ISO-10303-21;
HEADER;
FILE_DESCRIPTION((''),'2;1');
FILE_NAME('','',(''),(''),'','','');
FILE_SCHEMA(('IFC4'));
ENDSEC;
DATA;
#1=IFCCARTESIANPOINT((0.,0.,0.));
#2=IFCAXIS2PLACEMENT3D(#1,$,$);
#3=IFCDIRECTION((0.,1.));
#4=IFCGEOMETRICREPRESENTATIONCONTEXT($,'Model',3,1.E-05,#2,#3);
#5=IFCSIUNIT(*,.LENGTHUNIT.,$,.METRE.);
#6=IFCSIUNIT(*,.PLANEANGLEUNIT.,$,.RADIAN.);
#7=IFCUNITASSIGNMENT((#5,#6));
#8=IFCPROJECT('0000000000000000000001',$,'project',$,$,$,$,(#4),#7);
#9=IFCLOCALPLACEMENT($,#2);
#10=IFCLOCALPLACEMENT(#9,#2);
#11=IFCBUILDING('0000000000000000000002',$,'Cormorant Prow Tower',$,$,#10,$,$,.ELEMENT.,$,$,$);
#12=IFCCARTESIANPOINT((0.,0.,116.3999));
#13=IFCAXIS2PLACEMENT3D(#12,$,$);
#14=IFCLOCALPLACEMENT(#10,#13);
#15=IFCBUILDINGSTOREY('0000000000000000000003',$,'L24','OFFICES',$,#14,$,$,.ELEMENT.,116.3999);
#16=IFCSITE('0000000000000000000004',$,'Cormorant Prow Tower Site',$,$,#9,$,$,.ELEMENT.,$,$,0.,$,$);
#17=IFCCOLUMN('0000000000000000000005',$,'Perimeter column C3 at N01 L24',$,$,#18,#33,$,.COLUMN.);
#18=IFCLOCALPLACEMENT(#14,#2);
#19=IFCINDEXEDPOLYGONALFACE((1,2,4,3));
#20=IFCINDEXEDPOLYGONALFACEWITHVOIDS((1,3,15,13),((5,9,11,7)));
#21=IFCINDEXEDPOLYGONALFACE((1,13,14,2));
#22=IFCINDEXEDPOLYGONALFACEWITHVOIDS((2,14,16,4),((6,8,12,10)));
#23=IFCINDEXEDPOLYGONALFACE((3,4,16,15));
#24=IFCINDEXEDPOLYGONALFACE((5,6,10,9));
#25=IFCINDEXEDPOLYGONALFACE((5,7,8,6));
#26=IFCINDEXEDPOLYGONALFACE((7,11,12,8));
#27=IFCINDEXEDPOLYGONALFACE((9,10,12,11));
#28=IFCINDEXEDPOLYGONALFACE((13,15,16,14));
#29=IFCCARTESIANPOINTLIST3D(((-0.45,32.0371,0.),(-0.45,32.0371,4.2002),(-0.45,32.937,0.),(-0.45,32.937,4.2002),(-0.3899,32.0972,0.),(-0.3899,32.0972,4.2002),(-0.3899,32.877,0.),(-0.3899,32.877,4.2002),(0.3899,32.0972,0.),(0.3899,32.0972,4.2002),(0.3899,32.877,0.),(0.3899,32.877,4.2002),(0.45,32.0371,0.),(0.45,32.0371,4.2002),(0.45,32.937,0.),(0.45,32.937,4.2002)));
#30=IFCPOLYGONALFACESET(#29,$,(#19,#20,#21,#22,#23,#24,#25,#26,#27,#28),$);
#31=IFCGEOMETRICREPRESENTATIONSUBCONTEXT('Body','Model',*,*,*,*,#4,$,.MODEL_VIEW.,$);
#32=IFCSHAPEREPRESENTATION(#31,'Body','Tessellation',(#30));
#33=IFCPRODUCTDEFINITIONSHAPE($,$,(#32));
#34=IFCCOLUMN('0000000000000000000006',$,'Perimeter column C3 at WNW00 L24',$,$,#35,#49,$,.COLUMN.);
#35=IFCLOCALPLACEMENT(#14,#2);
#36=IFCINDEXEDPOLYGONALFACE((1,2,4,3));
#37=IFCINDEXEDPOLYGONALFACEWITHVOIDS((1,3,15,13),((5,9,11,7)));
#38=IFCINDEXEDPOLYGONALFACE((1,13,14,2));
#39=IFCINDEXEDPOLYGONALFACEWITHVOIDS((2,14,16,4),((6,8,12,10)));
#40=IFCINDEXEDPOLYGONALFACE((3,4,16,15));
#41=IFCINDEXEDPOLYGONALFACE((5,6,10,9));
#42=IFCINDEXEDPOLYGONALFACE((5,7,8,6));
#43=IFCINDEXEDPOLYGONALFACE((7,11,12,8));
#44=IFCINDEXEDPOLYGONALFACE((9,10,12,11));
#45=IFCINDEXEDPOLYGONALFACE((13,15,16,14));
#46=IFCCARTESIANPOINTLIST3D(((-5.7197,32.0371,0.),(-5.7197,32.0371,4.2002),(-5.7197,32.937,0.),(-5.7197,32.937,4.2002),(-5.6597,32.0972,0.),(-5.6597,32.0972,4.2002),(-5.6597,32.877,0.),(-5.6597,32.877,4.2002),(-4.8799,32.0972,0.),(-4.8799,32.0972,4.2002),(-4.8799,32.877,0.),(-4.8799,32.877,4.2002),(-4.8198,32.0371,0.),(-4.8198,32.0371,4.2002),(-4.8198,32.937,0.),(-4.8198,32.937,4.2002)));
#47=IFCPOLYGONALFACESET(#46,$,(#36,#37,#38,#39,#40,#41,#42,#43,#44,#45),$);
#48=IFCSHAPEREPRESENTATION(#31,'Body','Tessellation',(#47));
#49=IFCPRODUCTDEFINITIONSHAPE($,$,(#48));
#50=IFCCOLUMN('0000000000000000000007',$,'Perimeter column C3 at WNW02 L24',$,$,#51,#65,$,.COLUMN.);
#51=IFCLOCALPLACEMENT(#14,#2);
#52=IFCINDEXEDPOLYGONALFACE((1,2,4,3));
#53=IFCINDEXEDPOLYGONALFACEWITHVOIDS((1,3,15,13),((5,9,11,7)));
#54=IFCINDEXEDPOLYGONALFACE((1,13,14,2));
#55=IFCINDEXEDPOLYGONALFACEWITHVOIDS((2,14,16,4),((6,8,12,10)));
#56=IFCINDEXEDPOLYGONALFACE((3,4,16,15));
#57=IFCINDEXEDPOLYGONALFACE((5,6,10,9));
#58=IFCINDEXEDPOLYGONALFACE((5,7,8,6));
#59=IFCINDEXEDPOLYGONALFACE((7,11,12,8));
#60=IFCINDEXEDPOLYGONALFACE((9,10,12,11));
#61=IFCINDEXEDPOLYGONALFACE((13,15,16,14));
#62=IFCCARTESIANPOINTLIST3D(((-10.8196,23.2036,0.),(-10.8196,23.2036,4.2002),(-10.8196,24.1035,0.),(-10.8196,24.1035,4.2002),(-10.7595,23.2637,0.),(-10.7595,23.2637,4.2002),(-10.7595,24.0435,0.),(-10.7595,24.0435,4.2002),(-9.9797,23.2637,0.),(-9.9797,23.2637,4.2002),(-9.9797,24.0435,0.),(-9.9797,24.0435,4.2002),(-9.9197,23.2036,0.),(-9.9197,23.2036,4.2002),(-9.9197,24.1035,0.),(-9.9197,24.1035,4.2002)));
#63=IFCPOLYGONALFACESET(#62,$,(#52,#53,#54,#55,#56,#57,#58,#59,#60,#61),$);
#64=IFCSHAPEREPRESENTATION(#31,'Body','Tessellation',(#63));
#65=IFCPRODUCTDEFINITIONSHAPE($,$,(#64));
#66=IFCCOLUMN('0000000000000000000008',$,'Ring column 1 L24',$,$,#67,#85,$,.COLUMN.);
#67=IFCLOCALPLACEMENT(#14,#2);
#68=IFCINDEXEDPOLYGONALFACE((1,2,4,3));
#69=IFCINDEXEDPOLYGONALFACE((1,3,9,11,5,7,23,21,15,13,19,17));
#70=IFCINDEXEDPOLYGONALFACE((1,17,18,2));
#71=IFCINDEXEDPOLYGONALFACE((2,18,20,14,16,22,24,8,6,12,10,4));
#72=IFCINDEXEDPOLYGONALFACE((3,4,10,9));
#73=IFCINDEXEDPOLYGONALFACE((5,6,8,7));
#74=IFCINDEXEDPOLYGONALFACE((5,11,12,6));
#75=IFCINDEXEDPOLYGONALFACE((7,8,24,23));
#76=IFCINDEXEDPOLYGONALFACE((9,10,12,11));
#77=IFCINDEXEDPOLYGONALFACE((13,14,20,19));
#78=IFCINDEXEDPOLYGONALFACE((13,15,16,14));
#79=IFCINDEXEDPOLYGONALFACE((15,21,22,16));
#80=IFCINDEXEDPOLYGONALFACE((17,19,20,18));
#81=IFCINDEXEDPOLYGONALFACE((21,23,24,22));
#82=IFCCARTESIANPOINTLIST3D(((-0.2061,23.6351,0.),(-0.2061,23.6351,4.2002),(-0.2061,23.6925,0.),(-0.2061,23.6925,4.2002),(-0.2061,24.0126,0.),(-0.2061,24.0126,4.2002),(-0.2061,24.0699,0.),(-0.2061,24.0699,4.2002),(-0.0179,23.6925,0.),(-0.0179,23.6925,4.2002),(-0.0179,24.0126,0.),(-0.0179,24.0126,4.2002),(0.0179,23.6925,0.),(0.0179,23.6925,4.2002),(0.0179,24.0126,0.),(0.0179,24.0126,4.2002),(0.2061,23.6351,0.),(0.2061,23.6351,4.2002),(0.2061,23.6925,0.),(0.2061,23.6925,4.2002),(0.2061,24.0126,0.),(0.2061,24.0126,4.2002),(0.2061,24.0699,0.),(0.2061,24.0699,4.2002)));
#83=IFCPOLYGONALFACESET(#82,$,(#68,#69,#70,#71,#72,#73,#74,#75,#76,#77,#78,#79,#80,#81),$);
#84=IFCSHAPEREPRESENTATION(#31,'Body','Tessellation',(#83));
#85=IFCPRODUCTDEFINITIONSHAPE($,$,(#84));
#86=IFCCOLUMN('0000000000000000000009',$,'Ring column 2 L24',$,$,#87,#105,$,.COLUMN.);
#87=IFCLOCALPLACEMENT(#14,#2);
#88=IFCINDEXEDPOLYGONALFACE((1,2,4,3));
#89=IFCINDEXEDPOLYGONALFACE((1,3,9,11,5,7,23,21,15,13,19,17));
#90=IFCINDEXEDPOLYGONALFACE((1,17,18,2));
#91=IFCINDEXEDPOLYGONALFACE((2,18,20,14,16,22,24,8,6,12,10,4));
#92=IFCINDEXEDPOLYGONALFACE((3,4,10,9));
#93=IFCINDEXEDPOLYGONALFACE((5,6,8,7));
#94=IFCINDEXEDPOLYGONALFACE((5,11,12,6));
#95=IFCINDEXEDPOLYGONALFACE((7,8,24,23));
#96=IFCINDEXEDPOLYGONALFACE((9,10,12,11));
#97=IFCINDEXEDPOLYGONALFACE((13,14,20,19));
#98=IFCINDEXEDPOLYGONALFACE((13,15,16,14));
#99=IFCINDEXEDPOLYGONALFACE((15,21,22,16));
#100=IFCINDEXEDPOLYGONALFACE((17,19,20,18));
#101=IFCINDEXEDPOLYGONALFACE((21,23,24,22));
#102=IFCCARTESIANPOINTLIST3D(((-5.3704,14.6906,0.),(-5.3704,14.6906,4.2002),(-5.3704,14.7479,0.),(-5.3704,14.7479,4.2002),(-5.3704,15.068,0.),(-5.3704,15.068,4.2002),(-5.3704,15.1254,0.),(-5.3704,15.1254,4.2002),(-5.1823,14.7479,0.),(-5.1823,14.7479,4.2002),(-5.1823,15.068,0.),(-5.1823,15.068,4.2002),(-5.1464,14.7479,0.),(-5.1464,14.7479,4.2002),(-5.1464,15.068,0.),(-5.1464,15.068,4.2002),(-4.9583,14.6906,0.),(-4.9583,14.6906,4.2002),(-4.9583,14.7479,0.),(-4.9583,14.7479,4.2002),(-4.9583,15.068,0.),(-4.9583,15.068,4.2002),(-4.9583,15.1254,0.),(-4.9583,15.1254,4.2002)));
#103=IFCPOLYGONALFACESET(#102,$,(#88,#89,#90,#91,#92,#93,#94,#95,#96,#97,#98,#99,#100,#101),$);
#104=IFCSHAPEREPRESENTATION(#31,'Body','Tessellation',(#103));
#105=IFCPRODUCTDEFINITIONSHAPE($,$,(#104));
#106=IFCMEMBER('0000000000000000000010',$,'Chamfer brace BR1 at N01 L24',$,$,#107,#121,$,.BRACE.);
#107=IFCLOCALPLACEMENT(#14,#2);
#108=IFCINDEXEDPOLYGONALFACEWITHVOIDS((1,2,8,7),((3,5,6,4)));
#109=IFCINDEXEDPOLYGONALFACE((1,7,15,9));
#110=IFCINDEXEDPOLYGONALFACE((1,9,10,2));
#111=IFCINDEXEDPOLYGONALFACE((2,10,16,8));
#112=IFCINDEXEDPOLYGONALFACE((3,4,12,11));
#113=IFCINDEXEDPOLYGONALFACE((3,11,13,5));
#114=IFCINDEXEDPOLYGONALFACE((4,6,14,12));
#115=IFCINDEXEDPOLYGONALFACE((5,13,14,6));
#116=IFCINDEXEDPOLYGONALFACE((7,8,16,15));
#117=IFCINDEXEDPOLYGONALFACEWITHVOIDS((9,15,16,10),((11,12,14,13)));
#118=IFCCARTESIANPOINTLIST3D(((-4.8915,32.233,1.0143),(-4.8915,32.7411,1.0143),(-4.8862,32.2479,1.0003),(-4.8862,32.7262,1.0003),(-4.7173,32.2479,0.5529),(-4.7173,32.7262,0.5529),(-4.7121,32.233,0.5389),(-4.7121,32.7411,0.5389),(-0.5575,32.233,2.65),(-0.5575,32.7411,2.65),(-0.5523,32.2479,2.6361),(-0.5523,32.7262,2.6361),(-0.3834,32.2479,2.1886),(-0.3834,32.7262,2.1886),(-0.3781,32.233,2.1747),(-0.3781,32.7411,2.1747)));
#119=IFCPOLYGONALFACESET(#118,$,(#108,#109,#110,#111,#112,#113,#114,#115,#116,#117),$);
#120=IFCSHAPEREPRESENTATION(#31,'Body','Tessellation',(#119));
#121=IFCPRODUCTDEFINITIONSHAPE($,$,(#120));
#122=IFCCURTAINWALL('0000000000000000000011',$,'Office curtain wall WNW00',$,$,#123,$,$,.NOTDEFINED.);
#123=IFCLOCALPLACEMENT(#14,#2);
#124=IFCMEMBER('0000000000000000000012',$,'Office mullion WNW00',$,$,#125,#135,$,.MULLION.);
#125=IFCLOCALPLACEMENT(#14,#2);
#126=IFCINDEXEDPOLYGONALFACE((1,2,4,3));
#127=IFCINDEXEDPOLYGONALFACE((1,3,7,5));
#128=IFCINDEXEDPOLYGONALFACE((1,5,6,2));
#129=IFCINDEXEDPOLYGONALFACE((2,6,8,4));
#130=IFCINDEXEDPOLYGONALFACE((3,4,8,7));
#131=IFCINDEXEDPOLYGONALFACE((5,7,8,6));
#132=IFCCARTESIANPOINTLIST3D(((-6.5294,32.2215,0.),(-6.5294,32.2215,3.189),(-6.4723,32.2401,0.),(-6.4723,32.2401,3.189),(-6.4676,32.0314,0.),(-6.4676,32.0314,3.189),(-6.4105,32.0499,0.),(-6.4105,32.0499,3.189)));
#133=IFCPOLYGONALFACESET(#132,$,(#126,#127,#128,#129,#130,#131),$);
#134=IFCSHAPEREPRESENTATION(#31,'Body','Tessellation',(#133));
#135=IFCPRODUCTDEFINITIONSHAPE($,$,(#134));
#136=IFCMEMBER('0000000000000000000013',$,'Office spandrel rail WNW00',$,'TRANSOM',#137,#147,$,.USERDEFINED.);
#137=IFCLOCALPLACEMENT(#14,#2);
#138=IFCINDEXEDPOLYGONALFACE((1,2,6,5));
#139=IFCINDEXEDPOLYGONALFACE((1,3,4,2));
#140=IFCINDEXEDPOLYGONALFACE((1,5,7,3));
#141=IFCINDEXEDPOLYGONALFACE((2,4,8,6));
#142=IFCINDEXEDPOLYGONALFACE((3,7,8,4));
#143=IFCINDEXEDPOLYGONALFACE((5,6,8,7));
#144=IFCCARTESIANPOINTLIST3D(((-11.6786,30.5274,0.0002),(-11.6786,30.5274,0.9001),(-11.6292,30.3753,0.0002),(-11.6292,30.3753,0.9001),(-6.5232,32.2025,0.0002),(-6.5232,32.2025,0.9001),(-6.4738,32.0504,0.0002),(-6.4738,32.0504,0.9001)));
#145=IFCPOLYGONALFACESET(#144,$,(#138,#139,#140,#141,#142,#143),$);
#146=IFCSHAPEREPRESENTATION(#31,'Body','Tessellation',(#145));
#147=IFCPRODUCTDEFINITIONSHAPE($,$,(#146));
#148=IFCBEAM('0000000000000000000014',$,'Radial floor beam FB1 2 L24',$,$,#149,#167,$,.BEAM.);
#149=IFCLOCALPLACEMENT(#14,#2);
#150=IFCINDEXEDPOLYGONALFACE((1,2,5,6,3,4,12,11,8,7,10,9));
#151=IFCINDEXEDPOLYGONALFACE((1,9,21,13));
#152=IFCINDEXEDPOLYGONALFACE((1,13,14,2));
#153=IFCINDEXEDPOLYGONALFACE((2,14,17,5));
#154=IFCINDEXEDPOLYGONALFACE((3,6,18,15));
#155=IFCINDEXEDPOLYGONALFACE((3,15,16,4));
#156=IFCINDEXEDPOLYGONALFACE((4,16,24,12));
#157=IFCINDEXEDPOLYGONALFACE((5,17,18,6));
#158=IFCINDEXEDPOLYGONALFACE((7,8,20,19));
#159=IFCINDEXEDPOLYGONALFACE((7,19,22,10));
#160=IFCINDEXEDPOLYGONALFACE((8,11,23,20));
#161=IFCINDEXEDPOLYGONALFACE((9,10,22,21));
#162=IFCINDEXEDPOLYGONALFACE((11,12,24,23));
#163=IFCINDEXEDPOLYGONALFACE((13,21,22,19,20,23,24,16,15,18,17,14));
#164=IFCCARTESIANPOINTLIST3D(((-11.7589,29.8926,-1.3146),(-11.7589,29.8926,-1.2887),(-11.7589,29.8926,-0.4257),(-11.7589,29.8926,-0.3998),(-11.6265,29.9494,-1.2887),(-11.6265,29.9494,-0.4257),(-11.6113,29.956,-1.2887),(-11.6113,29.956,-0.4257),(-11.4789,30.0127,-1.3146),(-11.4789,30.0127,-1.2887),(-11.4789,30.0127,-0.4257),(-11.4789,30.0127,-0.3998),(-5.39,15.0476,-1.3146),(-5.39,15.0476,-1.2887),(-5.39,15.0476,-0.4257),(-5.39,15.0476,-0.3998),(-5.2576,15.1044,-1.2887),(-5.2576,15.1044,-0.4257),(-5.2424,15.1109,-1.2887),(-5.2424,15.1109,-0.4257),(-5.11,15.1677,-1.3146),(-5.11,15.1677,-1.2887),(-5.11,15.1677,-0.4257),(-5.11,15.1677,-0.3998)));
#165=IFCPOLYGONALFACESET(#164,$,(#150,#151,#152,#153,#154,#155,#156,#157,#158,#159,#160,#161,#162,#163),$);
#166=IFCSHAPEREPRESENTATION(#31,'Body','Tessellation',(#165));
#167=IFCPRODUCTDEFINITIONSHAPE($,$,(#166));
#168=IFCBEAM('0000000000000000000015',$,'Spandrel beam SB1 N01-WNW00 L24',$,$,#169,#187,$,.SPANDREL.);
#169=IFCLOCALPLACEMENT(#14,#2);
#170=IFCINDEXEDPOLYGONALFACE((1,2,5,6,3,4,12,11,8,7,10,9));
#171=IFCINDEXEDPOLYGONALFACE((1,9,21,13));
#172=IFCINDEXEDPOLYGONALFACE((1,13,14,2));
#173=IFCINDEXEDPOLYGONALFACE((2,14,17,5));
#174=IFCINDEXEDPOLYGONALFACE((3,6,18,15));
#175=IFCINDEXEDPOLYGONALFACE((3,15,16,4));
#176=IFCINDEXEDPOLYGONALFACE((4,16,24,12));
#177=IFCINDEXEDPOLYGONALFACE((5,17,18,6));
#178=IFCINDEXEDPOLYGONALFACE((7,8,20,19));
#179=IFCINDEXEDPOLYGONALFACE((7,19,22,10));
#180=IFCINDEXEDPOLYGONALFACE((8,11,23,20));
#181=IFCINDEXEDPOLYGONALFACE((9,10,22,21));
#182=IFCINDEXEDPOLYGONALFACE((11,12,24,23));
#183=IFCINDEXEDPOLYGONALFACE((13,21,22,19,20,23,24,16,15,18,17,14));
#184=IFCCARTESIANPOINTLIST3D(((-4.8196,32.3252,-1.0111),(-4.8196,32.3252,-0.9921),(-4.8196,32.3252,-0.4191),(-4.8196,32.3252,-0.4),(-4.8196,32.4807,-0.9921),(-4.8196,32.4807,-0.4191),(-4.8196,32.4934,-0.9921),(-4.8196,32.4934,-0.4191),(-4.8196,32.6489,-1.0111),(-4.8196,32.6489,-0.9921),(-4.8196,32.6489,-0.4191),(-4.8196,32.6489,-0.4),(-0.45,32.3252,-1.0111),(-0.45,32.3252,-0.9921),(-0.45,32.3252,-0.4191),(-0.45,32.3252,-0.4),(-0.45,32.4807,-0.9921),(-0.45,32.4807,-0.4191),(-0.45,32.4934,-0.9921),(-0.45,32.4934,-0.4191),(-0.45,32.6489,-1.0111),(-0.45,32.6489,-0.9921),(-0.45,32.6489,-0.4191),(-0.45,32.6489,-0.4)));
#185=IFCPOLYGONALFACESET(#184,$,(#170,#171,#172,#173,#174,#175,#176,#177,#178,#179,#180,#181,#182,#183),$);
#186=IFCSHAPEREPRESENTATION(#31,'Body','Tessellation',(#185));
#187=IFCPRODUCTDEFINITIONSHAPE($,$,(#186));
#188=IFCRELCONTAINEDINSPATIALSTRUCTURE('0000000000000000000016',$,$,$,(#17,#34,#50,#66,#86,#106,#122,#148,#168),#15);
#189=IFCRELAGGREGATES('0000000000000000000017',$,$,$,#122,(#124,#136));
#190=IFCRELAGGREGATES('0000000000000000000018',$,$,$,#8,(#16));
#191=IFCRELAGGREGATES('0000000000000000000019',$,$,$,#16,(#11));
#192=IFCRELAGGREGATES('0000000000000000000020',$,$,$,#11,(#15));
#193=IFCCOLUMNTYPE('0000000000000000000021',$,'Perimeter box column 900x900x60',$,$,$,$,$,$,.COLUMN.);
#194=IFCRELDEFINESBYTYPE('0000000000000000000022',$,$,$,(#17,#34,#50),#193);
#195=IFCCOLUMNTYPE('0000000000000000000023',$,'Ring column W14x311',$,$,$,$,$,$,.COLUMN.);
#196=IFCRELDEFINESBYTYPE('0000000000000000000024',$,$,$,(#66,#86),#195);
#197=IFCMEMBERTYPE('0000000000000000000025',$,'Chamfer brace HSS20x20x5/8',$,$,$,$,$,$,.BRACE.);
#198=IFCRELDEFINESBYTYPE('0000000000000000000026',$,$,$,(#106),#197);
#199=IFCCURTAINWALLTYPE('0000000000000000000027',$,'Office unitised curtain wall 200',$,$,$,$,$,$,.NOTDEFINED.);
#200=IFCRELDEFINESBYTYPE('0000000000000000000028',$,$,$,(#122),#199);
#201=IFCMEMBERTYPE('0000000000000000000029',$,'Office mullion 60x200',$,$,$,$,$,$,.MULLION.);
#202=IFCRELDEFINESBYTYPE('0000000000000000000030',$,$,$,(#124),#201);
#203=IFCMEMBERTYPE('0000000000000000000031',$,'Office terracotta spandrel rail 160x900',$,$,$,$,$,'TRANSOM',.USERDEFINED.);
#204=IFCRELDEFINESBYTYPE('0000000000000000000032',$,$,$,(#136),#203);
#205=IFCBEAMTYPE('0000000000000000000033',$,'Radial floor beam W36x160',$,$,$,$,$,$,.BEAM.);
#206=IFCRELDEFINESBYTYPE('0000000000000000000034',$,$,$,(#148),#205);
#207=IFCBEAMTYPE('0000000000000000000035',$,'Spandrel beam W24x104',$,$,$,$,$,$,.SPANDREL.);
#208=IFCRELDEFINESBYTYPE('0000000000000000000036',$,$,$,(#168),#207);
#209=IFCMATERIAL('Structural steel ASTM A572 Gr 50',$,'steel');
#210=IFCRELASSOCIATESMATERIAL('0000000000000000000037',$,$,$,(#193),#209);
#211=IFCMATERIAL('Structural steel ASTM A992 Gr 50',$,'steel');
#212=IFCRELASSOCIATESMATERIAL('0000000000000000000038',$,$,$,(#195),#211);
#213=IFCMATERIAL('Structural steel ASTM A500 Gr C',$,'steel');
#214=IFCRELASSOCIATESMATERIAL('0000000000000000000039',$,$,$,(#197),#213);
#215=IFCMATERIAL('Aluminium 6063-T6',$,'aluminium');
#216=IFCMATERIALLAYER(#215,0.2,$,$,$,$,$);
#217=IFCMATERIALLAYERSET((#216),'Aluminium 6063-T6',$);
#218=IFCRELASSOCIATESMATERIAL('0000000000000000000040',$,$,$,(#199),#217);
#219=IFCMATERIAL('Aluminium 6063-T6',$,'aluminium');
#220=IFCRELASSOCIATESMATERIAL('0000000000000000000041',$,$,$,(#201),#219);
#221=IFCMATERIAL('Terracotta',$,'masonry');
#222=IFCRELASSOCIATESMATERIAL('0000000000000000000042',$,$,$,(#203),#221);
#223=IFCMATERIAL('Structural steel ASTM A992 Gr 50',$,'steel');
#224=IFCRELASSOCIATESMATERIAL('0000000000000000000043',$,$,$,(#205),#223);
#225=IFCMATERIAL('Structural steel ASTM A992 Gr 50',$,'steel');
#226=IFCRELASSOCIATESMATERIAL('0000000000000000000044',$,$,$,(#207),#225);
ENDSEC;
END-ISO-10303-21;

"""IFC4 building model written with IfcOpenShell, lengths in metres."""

from ifc_helpers import new_model, si_unit, direction, frame, origin, origin_2d, place, context, subcontext, project, spatial, rectangle, hollow_rectangle, i_section, extrude, material, layer, layer_set, material_profile, profile_set, type_object, element, aggregate, save


model = new_model("IFC4")

# Units and contexts
model_context = context("Model", 3, precision=1e-05, world=origin(), true_north=direction((0.0, 1.0)))
body_context = subcontext(model_context, "Body", "Model", "MODEL_VIEW")
ifc_project = project(units=[si_unit("LENGTHUNIT", "METRE"), si_unit("PLANEANGLEUNIT", "RADIAN")], contexts=[model_context])

# Site, building, storey
site_placement = place(None, origin())
site = spatial("IfcSite", under=ifc_project, at=site_placement, Name="Cormorant Prow Tower Site", CompositionType="ELEMENT", RefElevation=0.0)
building_placement = place(site_placement, origin())
building = spatial("IfcBuilding", under=site, at=building_placement, Name="Cormorant Prow Tower", CompositionType="ELEMENT")
storey_placement = place(building_placement, frame((0.0, 0.0, 116.3999)))
storey = spatial("IfcBuildingStorey", under=building, at=storey_placement, Name="L24", Description="OFFICES", CompositionType="ELEMENT", Elevation=116.3999)

# Columns
ifc_material_1 = material(Name="Structural steel ASTM A572 Gr 50", Category="steel")
ifc_material_profile_1 = material_profile(ifc_material_1, hollow_rectangle(XDim=0.8999, YDim=0.8999, WallThickness=0.0601, at=origin_2d()), Name="Box 900x900x60")
ifc_profile_set_1 = profile_set([ifc_material_profile_1], Name="Structural steel ASTM A572 Gr 50")
column_type_1 = type_object("IfcColumnType", Name="Perimeter box column 900x900x60", PredefinedType="COLUMN", material=ifc_profile_set_1)
for number, where, z_axis, x_axis, name in (
    (1, (0.0, 32.4871, 0.0), (0.0, 0.0, 1.0), (1.0, 0.0, 0.0), "Perimeter column C3 at N01 L24"),
    (2, (-5.2698, 32.4871, 0.0), (0.0, 0.0, 1.0), (1.0, 0.0, 0.0), "Perimeter column C3 at WNW00 L24"),
    (3, (-10.3696, 23.6536, 0.0), (0.0, 0.0, 1.0), (1.0, 0.0, 0.0), "Perimeter column C3 at WNW02 L24"),
):
    element("IfcColumn", number, at=place(storey_placement, frame(where, z_axis=z_axis, x_axis=x_axis)), inside=storey, type_object=column_type_1, Name=name, PredefinedType="COLUMN", context=body_context, shape_type="SweptSolid", body=[
        extrude(hollow_rectangle(XDim=0.8999, YDim=0.8999, WallThickness=0.0601, at=origin_2d()), origin(), (0.0, 0.0, 1.0), 4.2002),
    ])
ifc_material_2 = material(Name="Structural steel ASTM A992 Gr 50", Category="steel")
ifc_material_profile_2 = material_profile(ifc_material_2, i_section(OverallWidth=0.4121, OverallDepth=0.4348, WebThickness=0.0359, FlangeThickness=0.0574, at=origin_2d()), Name="W14x311")
ifc_profile_set_2 = profile_set([ifc_material_profile_2], Name="Structural steel ASTM A992 Gr 50")
column_type_2 = type_object("IfcColumnType", Name="Ring column W14x311", PredefinedType="COLUMN", material=ifc_profile_set_2)
for number, where, z_axis, x_axis, name in (
    (4, (0.0, 23.8525, 0.0), (0.0, 0.0, 1.0), (1.0, 0.0, 0.0), "Ring column 1 L24"),
    (5, (-5.1643, 14.908, 0.0), (0.0, 0.0, 1.0), (1.0, 0.0, 0.0), "Ring column 2 L24"),
):
    element("IfcColumn", number, at=place(storey_placement, frame(where, z_axis=z_axis, x_axis=x_axis)), inside=storey, type_object=column_type_2, Name=name, PredefinedType="COLUMN", context=body_context, shape_type="SweptSolid", body=[
        extrude(i_section(OverallWidth=0.4121, OverallDepth=0.4348, WebThickness=0.0359, FlangeThickness=0.0574, at=origin_2d()), origin(), (0.0, 0.0, 1.0), 4.2002),
    ])

# Member
ifc_material_3 = material(Name="Structural steel ASTM A500 Gr C", Category="steel")
ifc_material_profile_3 = material_profile(ifc_material_3, hollow_rectangle(XDim=0.5081, YDim=0.5081, WallThickness=0.0149, at=origin_2d()), Name="HSS20x20x5/8")
ifc_profile_set_3 = profile_set([ifc_material_profile_3], Name="Structural steel ASTM A500 Gr C")
member_type_1 = type_object("IfcMemberType", Name="Chamfer brace HSS20x20x5/8", PredefinedType="BRACE", material=ifc_profile_set_3)
member_1_placement = place(storey_placement, frame((-4.8018, 32.4871, 0.7766), z_axis=(0.935582, 0.0, 0.353109), x_axis=(0.0, 1.0, 0.0)))
element("IfcMember", 6, at=member_1_placement, inside=storey, type_object=member_type_1, Name="Chamfer brace BR1 at N01 L24", PredefinedType="BRACE", context=body_context, shape_type="SweptSolid", body=[
    extrude(hollow_rectangle(XDim=0.5081, YDim=0.5081, WallThickness=0.0149, at=origin_2d()), origin(), (0.0, 0.0, 1.0), 4.6323),
])

# Curtain wall, members
ifc_material_4 = material(Name="Aluminium 6063-T6", Category="aluminium")
ifc_layer_1 = layer(ifc_material_4, 0.2)
ifc_layer_set_1 = layer_set([ifc_layer_1], Name="Aluminium 6063-T6")
curtain_wall_type = type_object("IfcCurtainWallType", Name="Office unitised curtain wall 200", PredefinedType="NOTDEFINED", material=ifc_layer_set_1)
curtain_wall_placement = place(storey_placement, origin())
curtain_wall = element("IfcCurtainWall", 7, at=curtain_wall_placement, inside=storey, type_object=curtain_wall_type, Name="Office curtain wall WNW00", PredefinedType="NOTDEFINED")
ifc_material_5 = material(Name="Aluminium 6063-T6", Category="aluminium")
ifc_material_profile_4 = material_profile(ifc_material_5, rectangle(XDim=0.2, YDim=0.0601, at=origin_2d()), Name="Office mullion 60x200")
ifc_profile_set_4 = profile_set([ifc_material_profile_4], Name="Aluminium 6063-T6")
member_type_2 = type_object("IfcMemberType", Name="Office mullion 60x200", PredefinedType="MULLION", material=ifc_profile_set_4)
member_2_placement = place(storey_placement, frame((-6.47, 32.1357, 0.0), z_axis=(0.0, 0.0, 1.0), x_axis=(0.309017, -0.951057, 0.0)))
member_2 = element("IfcMember", 8, at=member_2_placement, type_object=member_type_2, Name="Office mullion WNW00", PredefinedType="MULLION", context=body_context, shape_type="SweptSolid", body=[
    extrude(rectangle(XDim=0.2, YDim=0.0601, at=origin_2d()), origin(), (0.0, 0.0, 1.0), 3.189),
])
ifc_material_6 = material(Name="Terracotta", Category="masonry")
ifc_material_profile_5 = material_profile(ifc_material_6, rectangle(XDim=0.1599, YDim=0.8999, at=origin_2d()), Name="Office terracotta spandrel rail 160x900")
ifc_profile_set_5 = profile_set([ifc_material_profile_5], Name="Terracotta")
member_type_3 = type_object("IfcMemberType", Name="Office terracotta spandrel rail 160x900", ElementType="TRANSOM", PredefinedType="USERDEFINED", material=ifc_profile_set_5)
member_3_placement = place(storey_placement, frame((-6.4985, 32.1265, 0.4502), z_axis=(-0.951057, -0.309017, 0.0), x_axis=(0.309017, -0.951057, 0.0)))
member_3 = element("IfcMember", 9, at=member_3_placement, type_object=member_type_3, Name="Office spandrel rail WNW00", ObjectType="TRANSOM", PredefinedType="USERDEFINED", context=body_context, shape_type="SweptSolid", body=[
    extrude(rectangle(XDim=0.1599, YDim=0.8999, at=origin_2d()), origin(), (0.0, 0.0, 1.0), 5.4207),
])

# Beams
ifc_material_7 = material(Name="Structural steel ASTM A992 Gr 50", Category="steel")
ifc_material_profile_6 = material_profile(ifc_material_7, i_section(OverallWidth=0.3047, OverallDepth=0.9148, WebThickness=0.0166, FlangeThickness=0.0259, at=origin_2d()), Name="W36x160")
ifc_profile_set_6 = profile_set([ifc_material_profile_6], Name="Structural steel ASTM A992 Gr 50")
beam_type_1 = type_object("IfcBeamType", Name="Radial floor beam W36x160", PredefinedType="BEAM", material=ifc_profile_set_6)
beam_1_placement = place(storey_placement, frame((-5.25, 15.1077, -0.8572), z_axis=(-0.394273, 0.918993, 0.0), x_axis=(-0.918993, -0.394273, 0.0)))
element("IfcBeam", 10, at=beam_1_placement, inside=storey, type_object=beam_type_1, Name="Radial floor beam FB1 2 L24", PredefinedType="BEAM", context=body_context, shape_type="SweptSolid", body=[
    extrude(i_section(OverallWidth=0.3047, OverallDepth=0.9148, WebThickness=0.0166, FlangeThickness=0.0259, at=origin_2d()), origin(), (0.0, 0.0, 1.0), 16.1536),
])
ifc_material_8 = material(Name="Structural steel ASTM A992 Gr 50", Category="steel")
ifc_material_profile_7 = material_profile(ifc_material_8, i_section(OverallWidth=0.3237, OverallDepth=0.6111, WebThickness=0.0127, FlangeThickness=0.019, at=origin_2d()), Name="W24x104")
ifc_profile_set_7 = profile_set([ifc_material_profile_7], Name="Structural steel ASTM A992 Gr 50")
beam_type_2 = type_object("IfcBeamType", Name="Spandrel beam W24x104", PredefinedType="SPANDREL", material=ifc_profile_set_7)
beam_2_placement = place(storey_placement, frame((-0.45, 32.4871, -0.7056), z_axis=(-1.0, 0.0, 0.0), x_axis=(0.0, -1.0, 0.0)))
element("IfcBeam", 11, at=beam_2_placement, inside=storey, type_object=beam_type_2, Name="Spandrel beam SB1 N01-WNW00 L24", PredefinedType="SPANDREL", context=body_context, shape_type="SweptSolid", body=[
    extrude(i_section(OverallWidth=0.3237, OverallDepth=0.6111, WebThickness=0.0127, FlangeThickness=0.019, at=origin_2d()), origin(), (0.0, 0.0, 1.0), 4.3696),
])

aggregate(curtain_wall, [member_2, member_3])

save(model, "model.ifc")
